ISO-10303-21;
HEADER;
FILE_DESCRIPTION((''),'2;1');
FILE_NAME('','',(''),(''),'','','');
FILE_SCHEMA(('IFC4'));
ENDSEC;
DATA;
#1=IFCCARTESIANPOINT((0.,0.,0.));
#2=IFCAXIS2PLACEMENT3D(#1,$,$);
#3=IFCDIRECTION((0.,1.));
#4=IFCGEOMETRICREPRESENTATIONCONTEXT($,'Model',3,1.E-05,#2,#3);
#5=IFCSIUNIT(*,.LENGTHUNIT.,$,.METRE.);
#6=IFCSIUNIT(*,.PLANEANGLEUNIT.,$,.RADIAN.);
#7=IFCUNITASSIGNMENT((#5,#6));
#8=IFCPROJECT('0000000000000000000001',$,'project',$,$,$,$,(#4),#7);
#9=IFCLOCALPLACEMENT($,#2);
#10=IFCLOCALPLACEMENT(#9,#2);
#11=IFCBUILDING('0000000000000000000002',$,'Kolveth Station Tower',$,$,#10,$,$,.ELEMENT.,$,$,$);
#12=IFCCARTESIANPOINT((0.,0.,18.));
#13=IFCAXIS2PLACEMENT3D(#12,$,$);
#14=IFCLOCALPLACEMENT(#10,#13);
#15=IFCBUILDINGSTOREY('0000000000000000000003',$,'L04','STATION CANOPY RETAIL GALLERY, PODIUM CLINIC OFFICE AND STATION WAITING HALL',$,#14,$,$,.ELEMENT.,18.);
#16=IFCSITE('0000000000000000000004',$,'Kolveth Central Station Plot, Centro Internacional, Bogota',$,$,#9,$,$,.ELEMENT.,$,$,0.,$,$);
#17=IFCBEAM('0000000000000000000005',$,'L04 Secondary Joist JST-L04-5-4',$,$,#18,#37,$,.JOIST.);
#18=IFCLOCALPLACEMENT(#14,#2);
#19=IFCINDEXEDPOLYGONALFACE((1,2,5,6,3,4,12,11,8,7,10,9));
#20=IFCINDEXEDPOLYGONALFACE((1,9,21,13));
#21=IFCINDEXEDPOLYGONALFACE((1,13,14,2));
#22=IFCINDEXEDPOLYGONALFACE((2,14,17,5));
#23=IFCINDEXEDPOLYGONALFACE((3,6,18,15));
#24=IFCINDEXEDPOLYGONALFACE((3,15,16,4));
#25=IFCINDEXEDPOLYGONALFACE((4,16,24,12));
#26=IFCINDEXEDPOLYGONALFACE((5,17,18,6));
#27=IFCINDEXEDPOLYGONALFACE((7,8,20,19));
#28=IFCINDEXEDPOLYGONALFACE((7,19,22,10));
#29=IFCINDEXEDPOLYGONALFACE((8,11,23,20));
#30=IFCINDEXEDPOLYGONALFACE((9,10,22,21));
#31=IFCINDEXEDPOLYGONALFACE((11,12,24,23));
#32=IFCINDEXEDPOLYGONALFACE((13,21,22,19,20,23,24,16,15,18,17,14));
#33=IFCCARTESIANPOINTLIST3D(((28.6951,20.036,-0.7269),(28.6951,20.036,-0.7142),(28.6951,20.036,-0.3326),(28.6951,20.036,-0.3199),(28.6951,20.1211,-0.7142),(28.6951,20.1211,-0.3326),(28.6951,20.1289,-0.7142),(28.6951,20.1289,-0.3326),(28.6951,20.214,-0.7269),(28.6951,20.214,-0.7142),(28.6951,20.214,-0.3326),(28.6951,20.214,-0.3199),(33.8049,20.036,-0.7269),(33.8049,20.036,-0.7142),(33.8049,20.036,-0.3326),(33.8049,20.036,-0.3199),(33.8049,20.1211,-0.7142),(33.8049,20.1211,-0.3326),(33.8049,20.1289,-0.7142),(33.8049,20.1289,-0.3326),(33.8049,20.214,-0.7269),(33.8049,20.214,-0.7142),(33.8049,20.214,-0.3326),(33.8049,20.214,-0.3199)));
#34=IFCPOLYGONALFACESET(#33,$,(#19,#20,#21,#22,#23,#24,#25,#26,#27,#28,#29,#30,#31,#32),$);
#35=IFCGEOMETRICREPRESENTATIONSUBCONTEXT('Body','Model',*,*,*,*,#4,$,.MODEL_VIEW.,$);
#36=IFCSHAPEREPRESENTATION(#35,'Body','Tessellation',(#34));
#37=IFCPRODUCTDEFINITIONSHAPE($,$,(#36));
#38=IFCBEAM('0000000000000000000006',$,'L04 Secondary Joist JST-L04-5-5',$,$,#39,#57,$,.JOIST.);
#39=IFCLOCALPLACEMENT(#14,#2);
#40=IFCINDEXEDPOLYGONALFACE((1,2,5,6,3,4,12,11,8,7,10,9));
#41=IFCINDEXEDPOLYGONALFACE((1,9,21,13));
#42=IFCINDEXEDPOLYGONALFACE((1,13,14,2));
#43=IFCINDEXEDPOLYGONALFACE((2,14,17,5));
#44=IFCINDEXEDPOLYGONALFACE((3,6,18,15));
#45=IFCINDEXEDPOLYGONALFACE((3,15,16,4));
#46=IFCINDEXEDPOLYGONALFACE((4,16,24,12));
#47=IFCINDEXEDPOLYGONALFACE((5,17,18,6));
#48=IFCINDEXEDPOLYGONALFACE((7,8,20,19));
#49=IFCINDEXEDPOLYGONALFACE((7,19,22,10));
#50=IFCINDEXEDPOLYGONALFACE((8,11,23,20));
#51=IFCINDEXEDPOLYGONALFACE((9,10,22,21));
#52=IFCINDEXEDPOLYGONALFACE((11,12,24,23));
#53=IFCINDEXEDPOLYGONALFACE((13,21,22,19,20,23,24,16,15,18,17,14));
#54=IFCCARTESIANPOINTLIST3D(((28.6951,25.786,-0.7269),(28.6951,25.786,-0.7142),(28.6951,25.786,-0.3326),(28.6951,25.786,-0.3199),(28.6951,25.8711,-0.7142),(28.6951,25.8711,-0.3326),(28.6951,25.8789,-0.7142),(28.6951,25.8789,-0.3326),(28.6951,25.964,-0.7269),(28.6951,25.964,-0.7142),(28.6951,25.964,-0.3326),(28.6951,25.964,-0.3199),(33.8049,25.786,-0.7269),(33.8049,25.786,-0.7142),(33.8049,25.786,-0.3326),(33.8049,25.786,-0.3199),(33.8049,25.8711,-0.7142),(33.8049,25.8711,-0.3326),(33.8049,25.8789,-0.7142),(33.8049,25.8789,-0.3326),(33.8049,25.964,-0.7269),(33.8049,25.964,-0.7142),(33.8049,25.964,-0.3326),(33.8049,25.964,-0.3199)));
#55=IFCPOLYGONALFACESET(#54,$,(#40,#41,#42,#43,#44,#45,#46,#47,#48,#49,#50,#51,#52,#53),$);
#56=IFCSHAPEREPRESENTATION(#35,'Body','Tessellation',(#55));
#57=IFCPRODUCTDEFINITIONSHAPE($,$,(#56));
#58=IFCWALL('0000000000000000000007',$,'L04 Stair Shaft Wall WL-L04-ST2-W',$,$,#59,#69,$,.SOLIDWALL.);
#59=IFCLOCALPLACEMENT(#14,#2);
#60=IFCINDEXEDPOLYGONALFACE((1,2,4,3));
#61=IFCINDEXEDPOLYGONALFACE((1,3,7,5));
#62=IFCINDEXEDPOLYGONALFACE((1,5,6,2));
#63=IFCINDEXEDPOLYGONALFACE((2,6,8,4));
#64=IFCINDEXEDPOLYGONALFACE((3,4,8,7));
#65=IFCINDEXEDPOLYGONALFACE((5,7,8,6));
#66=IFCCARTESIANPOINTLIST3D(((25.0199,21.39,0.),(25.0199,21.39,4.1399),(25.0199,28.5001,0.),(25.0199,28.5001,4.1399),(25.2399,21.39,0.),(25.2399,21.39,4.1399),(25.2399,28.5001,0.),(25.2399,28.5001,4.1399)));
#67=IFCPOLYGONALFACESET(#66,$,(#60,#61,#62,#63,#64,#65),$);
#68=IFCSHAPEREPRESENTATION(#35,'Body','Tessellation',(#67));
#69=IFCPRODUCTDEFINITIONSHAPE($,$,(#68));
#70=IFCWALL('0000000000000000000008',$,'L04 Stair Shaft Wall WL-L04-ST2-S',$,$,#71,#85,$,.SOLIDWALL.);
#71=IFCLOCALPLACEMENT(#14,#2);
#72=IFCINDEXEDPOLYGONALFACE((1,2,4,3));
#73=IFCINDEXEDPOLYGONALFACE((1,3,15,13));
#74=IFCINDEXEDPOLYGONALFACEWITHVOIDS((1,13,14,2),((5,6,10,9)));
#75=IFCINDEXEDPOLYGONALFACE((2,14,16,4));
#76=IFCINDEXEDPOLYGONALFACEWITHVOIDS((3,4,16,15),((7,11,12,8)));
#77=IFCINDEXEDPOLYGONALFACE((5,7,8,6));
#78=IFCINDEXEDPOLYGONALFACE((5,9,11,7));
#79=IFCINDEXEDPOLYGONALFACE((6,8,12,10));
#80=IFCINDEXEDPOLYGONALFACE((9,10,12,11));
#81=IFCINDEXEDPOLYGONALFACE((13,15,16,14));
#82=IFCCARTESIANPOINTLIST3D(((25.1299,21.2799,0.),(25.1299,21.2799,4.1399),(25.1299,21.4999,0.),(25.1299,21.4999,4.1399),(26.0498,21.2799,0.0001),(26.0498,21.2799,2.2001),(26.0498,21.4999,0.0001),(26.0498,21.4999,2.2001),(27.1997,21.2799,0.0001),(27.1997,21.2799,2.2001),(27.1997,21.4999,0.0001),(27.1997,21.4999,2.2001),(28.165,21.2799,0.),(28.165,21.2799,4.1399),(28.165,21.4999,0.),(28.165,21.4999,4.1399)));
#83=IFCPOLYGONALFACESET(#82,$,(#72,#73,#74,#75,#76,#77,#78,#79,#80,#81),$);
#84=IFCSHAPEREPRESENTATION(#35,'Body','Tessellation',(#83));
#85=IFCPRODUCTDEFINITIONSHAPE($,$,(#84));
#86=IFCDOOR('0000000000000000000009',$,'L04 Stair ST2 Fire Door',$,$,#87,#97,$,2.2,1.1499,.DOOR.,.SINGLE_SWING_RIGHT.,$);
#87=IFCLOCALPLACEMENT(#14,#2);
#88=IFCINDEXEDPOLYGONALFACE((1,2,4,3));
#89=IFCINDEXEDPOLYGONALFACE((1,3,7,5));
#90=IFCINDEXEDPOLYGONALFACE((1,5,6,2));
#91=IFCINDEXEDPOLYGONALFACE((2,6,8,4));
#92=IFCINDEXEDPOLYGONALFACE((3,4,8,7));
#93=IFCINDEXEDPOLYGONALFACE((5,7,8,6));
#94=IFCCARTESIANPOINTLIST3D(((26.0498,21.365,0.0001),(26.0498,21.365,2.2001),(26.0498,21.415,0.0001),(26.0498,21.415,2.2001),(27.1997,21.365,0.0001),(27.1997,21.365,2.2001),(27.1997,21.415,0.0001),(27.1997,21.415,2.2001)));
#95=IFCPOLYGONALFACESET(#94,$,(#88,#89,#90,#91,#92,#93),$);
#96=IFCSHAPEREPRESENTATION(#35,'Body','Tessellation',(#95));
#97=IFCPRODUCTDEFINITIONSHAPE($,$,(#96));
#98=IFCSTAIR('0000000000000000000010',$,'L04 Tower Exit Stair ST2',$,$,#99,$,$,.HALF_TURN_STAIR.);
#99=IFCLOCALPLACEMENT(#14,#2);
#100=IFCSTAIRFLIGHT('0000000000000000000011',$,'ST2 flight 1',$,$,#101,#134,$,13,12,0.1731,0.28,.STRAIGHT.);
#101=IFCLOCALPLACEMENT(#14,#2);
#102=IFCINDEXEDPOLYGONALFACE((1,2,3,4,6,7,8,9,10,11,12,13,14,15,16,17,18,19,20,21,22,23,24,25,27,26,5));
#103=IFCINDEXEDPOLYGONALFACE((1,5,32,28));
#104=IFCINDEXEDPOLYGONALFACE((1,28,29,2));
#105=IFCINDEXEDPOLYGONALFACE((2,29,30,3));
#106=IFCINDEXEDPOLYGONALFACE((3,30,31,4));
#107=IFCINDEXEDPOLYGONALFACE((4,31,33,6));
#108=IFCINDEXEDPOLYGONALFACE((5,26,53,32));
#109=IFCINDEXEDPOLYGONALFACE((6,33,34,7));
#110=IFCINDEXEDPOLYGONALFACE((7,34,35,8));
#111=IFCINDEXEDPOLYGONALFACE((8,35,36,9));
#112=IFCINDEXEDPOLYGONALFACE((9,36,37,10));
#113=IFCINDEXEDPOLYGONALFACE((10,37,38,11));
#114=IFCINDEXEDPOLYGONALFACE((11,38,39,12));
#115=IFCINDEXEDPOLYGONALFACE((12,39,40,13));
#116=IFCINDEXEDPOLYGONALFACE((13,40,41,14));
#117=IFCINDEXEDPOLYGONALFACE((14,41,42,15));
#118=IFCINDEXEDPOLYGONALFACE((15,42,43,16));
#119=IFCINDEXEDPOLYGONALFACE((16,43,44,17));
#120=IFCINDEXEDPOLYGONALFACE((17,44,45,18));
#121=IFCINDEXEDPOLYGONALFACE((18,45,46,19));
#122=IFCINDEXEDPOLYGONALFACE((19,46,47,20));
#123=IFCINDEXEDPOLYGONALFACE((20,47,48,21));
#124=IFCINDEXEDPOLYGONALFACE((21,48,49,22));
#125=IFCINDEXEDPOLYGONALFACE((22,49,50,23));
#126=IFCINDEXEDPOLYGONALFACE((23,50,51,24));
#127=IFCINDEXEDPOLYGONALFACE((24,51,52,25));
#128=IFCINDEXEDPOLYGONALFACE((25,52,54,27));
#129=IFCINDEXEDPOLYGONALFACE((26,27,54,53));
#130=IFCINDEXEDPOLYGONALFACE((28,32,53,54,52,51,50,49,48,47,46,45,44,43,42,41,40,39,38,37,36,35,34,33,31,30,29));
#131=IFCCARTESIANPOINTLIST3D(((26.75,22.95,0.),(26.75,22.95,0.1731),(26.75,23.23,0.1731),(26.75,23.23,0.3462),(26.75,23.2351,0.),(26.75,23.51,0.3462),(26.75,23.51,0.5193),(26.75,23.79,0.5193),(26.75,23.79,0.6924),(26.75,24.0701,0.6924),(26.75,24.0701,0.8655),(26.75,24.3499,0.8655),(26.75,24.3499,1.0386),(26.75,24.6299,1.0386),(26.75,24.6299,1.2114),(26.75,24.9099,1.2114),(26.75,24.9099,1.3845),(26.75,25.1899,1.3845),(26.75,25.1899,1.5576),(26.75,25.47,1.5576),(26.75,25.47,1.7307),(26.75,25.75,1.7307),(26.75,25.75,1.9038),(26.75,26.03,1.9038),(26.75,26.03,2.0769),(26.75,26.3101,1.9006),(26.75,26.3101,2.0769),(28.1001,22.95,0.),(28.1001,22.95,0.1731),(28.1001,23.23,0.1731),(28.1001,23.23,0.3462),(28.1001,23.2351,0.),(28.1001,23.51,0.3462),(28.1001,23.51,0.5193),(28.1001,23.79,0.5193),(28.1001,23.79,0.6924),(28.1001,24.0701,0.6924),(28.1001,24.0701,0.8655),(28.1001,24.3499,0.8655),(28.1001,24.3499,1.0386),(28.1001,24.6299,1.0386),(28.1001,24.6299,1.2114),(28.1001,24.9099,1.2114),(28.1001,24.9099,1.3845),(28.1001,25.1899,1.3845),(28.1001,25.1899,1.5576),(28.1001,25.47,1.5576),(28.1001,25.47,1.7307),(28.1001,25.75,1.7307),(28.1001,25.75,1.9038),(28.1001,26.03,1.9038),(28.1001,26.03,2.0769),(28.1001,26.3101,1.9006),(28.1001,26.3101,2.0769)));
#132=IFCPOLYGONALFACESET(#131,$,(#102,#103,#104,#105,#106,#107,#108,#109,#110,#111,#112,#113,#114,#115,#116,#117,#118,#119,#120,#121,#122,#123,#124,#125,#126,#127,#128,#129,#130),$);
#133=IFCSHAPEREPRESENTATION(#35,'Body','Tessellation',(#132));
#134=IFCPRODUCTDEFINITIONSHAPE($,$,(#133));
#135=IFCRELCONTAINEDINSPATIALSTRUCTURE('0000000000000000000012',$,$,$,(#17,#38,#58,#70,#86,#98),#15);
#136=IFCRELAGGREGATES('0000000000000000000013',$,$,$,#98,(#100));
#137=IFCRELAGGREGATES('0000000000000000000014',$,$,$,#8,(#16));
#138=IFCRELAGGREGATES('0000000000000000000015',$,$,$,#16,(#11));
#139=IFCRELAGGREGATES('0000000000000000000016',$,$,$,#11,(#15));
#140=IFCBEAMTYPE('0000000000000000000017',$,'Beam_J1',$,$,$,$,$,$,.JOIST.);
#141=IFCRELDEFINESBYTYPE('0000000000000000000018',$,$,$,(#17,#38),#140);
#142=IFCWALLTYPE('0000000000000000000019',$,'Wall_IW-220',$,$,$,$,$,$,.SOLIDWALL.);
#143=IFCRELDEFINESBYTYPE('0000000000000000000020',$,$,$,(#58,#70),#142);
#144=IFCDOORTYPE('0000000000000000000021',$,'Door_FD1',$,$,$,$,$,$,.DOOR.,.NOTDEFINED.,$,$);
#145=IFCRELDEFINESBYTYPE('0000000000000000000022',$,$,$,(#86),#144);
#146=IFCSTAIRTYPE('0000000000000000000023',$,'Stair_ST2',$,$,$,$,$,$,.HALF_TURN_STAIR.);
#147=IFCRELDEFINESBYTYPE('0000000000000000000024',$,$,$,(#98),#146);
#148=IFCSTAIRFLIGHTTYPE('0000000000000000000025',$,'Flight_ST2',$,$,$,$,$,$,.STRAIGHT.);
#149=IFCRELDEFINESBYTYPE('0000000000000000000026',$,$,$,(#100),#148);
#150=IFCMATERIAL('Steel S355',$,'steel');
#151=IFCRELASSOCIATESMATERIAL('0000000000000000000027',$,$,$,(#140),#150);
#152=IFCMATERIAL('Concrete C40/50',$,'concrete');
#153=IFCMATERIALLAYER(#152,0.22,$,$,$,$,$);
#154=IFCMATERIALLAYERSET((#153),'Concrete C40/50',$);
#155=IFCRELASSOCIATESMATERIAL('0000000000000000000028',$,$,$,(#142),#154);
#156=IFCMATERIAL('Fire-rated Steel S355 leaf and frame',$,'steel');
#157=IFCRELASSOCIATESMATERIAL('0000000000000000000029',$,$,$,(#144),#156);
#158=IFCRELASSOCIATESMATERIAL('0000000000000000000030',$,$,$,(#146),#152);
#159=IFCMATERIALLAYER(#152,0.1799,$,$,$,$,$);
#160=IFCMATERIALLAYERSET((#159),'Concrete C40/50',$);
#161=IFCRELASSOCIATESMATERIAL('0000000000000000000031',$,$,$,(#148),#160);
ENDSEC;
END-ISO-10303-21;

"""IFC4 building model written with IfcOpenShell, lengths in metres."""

from ifc_helpers import new_model, si_unit, direction, frame, frame_2d, origin, origin_2d, place, context, subcontext, project, spatial, polyline, rectangle, i_section, outline, extrude, source, transform, mapped, material, layer, layer_set, material_profile, profile_set, type_object, element, fill, aggregate, save


model = new_model("IFC4")

# Units and contexts
model_context = context("Model", 3, precision=1e-05, world=origin(), true_north=direction((0.0, 1.0)))
body_context = subcontext(model_context, "Body", "Model", "MODEL_VIEW")
ifc_project = project(units=[si_unit("LENGTHUNIT", "METRE"), si_unit("PLANEANGLEUNIT", "RADIAN")], contexts=[model_context])

# Site, building, storey
site_placement = place(None, origin())
site = spatial("IfcSite", under=ifc_project, at=site_placement, Name="Kolveth Central Station Plot, Centro Internacional, Bogota", CompositionType="ELEMENT", RefElevation=0.0)
building_placement = place(site_placement, origin())
building = spatial("IfcBuilding", under=site, at=building_placement, Name="Kolveth Station Tower", CompositionType="ELEMENT")
storey_placement = place(building_placement, frame((0.0, 0.0, 18.0)))
storey = spatial("IfcBuildingStorey", under=building, at=storey_placement, Name="L04", Description="STATION CANOPY RETAIL GALLERY, PODIUM CLINIC OFFICE AND STATION WAITING HALL", CompositionType="ELEMENT", Elevation=18.0)

# Beams
ifc_material_1 = material(Name="Steel S355", Category="steel")
ifc_material_profile_1 = material_profile(ifc_material_1, i_section(OverallWidth=0.178, OverallDepth=0.407, WebThickness=0.0078, FlangeThickness=0.0127, at=origin_2d()), Name="W410x60")
ifc_profile_set_1 = profile_set([ifc_material_profile_1], Name="Steel S355")
beam_type_1 = type_object("IfcBeamType", Name="Beam_J1", PredefinedType="JOIST", material=ifc_profile_set_1)
shared_shape_1 = source(origin(), body_context, "Body", "SweptSolid", [
    extrude(i_section(OverallWidth=0.178, OverallDepth=0.407, WebThickness=0.0078, FlangeThickness=0.0127, at=origin_2d()), origin(), (0.0, 0.0, 1.0), 5.1099),
])
for number, where, z_axis, x_axis, name in (
    (1, (28.6951, 20.125, -0.5234), (1.0, 0.0, 0.0), (0.0, 1.0, 0.0), "L04 Secondary Joist JST-L04-5-4"),
    (2, (28.6951, 25.875, -0.5234), (1.0, 0.0, 0.0), (0.0, 1.0, 0.0), "L04 Secondary Joist JST-L04-5-5"),
):
    element("IfcBeam", number, at=place(storey_placement, frame(where, z_axis=z_axis, x_axis=x_axis)), inside=storey, type_object=beam_type_1, Name=name, PredefinedType="JOIST", context=body_context, shape_type="MappedRepresentation", body=[
        mapped(shared_shape_1, transform((0.0, 0.0, 0.0), x_axis=(1.0, 0.0, 0.0), y_axis=(0.0, 1.0, 0.0), z_axis=(0.0, 0.0, 1.0), scale=1.0)),
    ])

# Wall
ifc_material_2 = material(Name="Concrete C40/50", Category="concrete")
ifc_layer_1 = layer(ifc_material_2, 0.22)
ifc_layer_set_1 = layer_set([ifc_layer_1], Name="Concrete C40/50")
wall_type = type_object("IfcWallType", Name="Wall_IW-220", PredefinedType="SOLIDWALL", material=ifc_layer_set_1)
wall_1_placement = place(storey_placement, frame((25.1299, 21.3899, 0.0), z_axis=(0.0, 0.0, 1.0), x_axis=(0.0, 1.0, 0.0)))
element("IfcWall", 3, at=wall_1_placement, inside=storey, type_object=wall_type, Name="L04 Stair Shaft Wall WL-L04-ST2-W", PredefinedType="SOLIDWALL", context=body_context, shape_type="SweptSolid", body=[
    extrude(rectangle(XDim=7.1101, YDim=0.22, at=frame_2d((3.5552, 0.0))), origin(), (0.0, 0.0, 1.0), 4.1399),
])

# Wall, opening, door
wall_2_placement = place(storey_placement, frame((25.1299, 21.3899, 0.0), z_axis=(0.0, 0.0, 1.0), x_axis=(1.0, 0.0, 0.0)))
wall_2 = element("IfcWall", 4, at=wall_2_placement, inside=storey, type_object=wall_type, Name="L04 Stair Shaft Wall WL-L04-ST2-S", PredefinedType="SOLIDWALL", context=body_context, shape_type="SweptSolid", body=[
    extrude(rectangle(XDim=3.0352, YDim=0.22, at=frame_2d((1.5176, 0.0))), origin(), (0.0, 0.0, 1.0), 4.1399),
])
opening_placement = place(wall_2_placement, frame((0.9199, 0.0, 0.0)))
opening = element("IfcOpeningElement", 5, at=opening_placement, cuts=wall_2, PredefinedType="OPENING", context=body_context, shape_type="SweptSolid", body=[
    extrude(rectangle(XDim=1.1499, YDim=2.2, at=frame_2d((0.575, 1.1001))), frame((0.0, 0.1199, 0.0), z_axis=(0.0, -1.0, 0.0), x_axis=(1.0, 0.0, 0.0)), (0.0, 0.0, 1.0), 0.24),
])
ifc_material_3 = material(Name="Fire-rated Steel S355 leaf and frame", Category="steel")
door_type = type_object("IfcDoorType", Name="Door_FD1", OperationType="NOTDEFINED", PredefinedType="DOOR", material=ifc_material_3)
door_placement = place(opening_placement, frame((1.1499, 0.0, 0.0), z_axis=(0.0, 0.0, 1.0), x_axis=(-1.0, 0.0, 0.0)))
door = element("IfcDoor", 6, at=door_placement, inside=storey, type_object=door_type, Name="L04 Stair ST2 Fire Door", OperationType="SINGLE_SWING_RIGHT", OverallHeight=2.2, OverallWidth=1.1499, PredefinedType="DOOR", context=body_context, shape_type="SweptSolid", body=[
    extrude(rectangle(XDim=1.1499, YDim=2.2, at=frame_2d((0.575, 1.1001))), frame((0.0, 0.0249, 0.0), z_axis=(0.0, -1.0, 0.0), x_axis=(1.0, 0.0, 0.0)), (0.0, 0.0, 1.0), 0.05),
])
fill(opening, door)

# Stair, stair flight
stair_type = type_object("IfcStairType", Name="Stair_ST2", PredefinedType="HALF_TURN_STAIR", material=ifc_material_2)
stair_placement = place(storey_placement, origin())
stair = element("IfcStair", 7, at=stair_placement, inside=storey, type_object=stair_type, Name="L04 Tower Exit Stair ST2", PredefinedType="HALF_TURN_STAIR")
ifc_layer_2 = layer(ifc_material_2, 0.1799)
ifc_layer_set_2 = layer_set([ifc_layer_2], Name="Concrete C40/50")
stair_flight_type = type_object("IfcStairFlightType", Name="Flight_ST2", PredefinedType="STRAIGHT", material=ifc_layer_set_2)
stair_flight_placement = place(storey_placement, frame((27.425, 22.95, 0.0), z_axis=(0.0, 0.0, 1.0), x_axis=(0.0, 1.0, 0.0)))
stair_flight = element("IfcStairFlight", 8, at=stair_flight_placement, type_object=stair_flight_type, Name="ST2 flight 1", NumberOfRisers=13, NumberOfTreads=12, PredefinedType="STRAIGHT", RiserHeight=0.1731, TreadLength=0.28, context=body_context, shape_type="SweptSolid", body=[
    extrude(outline(polyline([(0.0, 0.0), (0.0, 0.1731), (0.28, 0.1731), (0.28, 0.3462), (0.5601, 0.3462), (0.5601, 0.5193), (0.8401, 0.5193), (0.8401, 0.6924), (1.1201, 0.6924), (1.1201, 0.8655), (1.3999, 0.8655), (1.3999, 1.0386), (1.6799, 1.0386), (1.6799, 1.2114), (1.96, 1.2114), (1.96, 1.3845), (2.24, 1.3845), (2.24, 1.5576), (2.52, 1.5576), (2.52, 1.7307), (2.8, 1.7307), (2.8, 1.9038), (3.0801, 1.9038), (3.0801, 2.0769), (3.3601, 2.0769), (3.3601, 2.25), (3.3601, 1.9006), (0.2852, 0.0), (0.0, 0.0)])), frame((0.0, 0.675, 0.0), z_axis=(0.0, -1.0, 0.0), x_axis=(1.0, 0.0, 0.0)), (0.0, 0.0, 1.0), 1.3501),
])
aggregate(stair, [stair_flight])

save(model, "model.ifc")
